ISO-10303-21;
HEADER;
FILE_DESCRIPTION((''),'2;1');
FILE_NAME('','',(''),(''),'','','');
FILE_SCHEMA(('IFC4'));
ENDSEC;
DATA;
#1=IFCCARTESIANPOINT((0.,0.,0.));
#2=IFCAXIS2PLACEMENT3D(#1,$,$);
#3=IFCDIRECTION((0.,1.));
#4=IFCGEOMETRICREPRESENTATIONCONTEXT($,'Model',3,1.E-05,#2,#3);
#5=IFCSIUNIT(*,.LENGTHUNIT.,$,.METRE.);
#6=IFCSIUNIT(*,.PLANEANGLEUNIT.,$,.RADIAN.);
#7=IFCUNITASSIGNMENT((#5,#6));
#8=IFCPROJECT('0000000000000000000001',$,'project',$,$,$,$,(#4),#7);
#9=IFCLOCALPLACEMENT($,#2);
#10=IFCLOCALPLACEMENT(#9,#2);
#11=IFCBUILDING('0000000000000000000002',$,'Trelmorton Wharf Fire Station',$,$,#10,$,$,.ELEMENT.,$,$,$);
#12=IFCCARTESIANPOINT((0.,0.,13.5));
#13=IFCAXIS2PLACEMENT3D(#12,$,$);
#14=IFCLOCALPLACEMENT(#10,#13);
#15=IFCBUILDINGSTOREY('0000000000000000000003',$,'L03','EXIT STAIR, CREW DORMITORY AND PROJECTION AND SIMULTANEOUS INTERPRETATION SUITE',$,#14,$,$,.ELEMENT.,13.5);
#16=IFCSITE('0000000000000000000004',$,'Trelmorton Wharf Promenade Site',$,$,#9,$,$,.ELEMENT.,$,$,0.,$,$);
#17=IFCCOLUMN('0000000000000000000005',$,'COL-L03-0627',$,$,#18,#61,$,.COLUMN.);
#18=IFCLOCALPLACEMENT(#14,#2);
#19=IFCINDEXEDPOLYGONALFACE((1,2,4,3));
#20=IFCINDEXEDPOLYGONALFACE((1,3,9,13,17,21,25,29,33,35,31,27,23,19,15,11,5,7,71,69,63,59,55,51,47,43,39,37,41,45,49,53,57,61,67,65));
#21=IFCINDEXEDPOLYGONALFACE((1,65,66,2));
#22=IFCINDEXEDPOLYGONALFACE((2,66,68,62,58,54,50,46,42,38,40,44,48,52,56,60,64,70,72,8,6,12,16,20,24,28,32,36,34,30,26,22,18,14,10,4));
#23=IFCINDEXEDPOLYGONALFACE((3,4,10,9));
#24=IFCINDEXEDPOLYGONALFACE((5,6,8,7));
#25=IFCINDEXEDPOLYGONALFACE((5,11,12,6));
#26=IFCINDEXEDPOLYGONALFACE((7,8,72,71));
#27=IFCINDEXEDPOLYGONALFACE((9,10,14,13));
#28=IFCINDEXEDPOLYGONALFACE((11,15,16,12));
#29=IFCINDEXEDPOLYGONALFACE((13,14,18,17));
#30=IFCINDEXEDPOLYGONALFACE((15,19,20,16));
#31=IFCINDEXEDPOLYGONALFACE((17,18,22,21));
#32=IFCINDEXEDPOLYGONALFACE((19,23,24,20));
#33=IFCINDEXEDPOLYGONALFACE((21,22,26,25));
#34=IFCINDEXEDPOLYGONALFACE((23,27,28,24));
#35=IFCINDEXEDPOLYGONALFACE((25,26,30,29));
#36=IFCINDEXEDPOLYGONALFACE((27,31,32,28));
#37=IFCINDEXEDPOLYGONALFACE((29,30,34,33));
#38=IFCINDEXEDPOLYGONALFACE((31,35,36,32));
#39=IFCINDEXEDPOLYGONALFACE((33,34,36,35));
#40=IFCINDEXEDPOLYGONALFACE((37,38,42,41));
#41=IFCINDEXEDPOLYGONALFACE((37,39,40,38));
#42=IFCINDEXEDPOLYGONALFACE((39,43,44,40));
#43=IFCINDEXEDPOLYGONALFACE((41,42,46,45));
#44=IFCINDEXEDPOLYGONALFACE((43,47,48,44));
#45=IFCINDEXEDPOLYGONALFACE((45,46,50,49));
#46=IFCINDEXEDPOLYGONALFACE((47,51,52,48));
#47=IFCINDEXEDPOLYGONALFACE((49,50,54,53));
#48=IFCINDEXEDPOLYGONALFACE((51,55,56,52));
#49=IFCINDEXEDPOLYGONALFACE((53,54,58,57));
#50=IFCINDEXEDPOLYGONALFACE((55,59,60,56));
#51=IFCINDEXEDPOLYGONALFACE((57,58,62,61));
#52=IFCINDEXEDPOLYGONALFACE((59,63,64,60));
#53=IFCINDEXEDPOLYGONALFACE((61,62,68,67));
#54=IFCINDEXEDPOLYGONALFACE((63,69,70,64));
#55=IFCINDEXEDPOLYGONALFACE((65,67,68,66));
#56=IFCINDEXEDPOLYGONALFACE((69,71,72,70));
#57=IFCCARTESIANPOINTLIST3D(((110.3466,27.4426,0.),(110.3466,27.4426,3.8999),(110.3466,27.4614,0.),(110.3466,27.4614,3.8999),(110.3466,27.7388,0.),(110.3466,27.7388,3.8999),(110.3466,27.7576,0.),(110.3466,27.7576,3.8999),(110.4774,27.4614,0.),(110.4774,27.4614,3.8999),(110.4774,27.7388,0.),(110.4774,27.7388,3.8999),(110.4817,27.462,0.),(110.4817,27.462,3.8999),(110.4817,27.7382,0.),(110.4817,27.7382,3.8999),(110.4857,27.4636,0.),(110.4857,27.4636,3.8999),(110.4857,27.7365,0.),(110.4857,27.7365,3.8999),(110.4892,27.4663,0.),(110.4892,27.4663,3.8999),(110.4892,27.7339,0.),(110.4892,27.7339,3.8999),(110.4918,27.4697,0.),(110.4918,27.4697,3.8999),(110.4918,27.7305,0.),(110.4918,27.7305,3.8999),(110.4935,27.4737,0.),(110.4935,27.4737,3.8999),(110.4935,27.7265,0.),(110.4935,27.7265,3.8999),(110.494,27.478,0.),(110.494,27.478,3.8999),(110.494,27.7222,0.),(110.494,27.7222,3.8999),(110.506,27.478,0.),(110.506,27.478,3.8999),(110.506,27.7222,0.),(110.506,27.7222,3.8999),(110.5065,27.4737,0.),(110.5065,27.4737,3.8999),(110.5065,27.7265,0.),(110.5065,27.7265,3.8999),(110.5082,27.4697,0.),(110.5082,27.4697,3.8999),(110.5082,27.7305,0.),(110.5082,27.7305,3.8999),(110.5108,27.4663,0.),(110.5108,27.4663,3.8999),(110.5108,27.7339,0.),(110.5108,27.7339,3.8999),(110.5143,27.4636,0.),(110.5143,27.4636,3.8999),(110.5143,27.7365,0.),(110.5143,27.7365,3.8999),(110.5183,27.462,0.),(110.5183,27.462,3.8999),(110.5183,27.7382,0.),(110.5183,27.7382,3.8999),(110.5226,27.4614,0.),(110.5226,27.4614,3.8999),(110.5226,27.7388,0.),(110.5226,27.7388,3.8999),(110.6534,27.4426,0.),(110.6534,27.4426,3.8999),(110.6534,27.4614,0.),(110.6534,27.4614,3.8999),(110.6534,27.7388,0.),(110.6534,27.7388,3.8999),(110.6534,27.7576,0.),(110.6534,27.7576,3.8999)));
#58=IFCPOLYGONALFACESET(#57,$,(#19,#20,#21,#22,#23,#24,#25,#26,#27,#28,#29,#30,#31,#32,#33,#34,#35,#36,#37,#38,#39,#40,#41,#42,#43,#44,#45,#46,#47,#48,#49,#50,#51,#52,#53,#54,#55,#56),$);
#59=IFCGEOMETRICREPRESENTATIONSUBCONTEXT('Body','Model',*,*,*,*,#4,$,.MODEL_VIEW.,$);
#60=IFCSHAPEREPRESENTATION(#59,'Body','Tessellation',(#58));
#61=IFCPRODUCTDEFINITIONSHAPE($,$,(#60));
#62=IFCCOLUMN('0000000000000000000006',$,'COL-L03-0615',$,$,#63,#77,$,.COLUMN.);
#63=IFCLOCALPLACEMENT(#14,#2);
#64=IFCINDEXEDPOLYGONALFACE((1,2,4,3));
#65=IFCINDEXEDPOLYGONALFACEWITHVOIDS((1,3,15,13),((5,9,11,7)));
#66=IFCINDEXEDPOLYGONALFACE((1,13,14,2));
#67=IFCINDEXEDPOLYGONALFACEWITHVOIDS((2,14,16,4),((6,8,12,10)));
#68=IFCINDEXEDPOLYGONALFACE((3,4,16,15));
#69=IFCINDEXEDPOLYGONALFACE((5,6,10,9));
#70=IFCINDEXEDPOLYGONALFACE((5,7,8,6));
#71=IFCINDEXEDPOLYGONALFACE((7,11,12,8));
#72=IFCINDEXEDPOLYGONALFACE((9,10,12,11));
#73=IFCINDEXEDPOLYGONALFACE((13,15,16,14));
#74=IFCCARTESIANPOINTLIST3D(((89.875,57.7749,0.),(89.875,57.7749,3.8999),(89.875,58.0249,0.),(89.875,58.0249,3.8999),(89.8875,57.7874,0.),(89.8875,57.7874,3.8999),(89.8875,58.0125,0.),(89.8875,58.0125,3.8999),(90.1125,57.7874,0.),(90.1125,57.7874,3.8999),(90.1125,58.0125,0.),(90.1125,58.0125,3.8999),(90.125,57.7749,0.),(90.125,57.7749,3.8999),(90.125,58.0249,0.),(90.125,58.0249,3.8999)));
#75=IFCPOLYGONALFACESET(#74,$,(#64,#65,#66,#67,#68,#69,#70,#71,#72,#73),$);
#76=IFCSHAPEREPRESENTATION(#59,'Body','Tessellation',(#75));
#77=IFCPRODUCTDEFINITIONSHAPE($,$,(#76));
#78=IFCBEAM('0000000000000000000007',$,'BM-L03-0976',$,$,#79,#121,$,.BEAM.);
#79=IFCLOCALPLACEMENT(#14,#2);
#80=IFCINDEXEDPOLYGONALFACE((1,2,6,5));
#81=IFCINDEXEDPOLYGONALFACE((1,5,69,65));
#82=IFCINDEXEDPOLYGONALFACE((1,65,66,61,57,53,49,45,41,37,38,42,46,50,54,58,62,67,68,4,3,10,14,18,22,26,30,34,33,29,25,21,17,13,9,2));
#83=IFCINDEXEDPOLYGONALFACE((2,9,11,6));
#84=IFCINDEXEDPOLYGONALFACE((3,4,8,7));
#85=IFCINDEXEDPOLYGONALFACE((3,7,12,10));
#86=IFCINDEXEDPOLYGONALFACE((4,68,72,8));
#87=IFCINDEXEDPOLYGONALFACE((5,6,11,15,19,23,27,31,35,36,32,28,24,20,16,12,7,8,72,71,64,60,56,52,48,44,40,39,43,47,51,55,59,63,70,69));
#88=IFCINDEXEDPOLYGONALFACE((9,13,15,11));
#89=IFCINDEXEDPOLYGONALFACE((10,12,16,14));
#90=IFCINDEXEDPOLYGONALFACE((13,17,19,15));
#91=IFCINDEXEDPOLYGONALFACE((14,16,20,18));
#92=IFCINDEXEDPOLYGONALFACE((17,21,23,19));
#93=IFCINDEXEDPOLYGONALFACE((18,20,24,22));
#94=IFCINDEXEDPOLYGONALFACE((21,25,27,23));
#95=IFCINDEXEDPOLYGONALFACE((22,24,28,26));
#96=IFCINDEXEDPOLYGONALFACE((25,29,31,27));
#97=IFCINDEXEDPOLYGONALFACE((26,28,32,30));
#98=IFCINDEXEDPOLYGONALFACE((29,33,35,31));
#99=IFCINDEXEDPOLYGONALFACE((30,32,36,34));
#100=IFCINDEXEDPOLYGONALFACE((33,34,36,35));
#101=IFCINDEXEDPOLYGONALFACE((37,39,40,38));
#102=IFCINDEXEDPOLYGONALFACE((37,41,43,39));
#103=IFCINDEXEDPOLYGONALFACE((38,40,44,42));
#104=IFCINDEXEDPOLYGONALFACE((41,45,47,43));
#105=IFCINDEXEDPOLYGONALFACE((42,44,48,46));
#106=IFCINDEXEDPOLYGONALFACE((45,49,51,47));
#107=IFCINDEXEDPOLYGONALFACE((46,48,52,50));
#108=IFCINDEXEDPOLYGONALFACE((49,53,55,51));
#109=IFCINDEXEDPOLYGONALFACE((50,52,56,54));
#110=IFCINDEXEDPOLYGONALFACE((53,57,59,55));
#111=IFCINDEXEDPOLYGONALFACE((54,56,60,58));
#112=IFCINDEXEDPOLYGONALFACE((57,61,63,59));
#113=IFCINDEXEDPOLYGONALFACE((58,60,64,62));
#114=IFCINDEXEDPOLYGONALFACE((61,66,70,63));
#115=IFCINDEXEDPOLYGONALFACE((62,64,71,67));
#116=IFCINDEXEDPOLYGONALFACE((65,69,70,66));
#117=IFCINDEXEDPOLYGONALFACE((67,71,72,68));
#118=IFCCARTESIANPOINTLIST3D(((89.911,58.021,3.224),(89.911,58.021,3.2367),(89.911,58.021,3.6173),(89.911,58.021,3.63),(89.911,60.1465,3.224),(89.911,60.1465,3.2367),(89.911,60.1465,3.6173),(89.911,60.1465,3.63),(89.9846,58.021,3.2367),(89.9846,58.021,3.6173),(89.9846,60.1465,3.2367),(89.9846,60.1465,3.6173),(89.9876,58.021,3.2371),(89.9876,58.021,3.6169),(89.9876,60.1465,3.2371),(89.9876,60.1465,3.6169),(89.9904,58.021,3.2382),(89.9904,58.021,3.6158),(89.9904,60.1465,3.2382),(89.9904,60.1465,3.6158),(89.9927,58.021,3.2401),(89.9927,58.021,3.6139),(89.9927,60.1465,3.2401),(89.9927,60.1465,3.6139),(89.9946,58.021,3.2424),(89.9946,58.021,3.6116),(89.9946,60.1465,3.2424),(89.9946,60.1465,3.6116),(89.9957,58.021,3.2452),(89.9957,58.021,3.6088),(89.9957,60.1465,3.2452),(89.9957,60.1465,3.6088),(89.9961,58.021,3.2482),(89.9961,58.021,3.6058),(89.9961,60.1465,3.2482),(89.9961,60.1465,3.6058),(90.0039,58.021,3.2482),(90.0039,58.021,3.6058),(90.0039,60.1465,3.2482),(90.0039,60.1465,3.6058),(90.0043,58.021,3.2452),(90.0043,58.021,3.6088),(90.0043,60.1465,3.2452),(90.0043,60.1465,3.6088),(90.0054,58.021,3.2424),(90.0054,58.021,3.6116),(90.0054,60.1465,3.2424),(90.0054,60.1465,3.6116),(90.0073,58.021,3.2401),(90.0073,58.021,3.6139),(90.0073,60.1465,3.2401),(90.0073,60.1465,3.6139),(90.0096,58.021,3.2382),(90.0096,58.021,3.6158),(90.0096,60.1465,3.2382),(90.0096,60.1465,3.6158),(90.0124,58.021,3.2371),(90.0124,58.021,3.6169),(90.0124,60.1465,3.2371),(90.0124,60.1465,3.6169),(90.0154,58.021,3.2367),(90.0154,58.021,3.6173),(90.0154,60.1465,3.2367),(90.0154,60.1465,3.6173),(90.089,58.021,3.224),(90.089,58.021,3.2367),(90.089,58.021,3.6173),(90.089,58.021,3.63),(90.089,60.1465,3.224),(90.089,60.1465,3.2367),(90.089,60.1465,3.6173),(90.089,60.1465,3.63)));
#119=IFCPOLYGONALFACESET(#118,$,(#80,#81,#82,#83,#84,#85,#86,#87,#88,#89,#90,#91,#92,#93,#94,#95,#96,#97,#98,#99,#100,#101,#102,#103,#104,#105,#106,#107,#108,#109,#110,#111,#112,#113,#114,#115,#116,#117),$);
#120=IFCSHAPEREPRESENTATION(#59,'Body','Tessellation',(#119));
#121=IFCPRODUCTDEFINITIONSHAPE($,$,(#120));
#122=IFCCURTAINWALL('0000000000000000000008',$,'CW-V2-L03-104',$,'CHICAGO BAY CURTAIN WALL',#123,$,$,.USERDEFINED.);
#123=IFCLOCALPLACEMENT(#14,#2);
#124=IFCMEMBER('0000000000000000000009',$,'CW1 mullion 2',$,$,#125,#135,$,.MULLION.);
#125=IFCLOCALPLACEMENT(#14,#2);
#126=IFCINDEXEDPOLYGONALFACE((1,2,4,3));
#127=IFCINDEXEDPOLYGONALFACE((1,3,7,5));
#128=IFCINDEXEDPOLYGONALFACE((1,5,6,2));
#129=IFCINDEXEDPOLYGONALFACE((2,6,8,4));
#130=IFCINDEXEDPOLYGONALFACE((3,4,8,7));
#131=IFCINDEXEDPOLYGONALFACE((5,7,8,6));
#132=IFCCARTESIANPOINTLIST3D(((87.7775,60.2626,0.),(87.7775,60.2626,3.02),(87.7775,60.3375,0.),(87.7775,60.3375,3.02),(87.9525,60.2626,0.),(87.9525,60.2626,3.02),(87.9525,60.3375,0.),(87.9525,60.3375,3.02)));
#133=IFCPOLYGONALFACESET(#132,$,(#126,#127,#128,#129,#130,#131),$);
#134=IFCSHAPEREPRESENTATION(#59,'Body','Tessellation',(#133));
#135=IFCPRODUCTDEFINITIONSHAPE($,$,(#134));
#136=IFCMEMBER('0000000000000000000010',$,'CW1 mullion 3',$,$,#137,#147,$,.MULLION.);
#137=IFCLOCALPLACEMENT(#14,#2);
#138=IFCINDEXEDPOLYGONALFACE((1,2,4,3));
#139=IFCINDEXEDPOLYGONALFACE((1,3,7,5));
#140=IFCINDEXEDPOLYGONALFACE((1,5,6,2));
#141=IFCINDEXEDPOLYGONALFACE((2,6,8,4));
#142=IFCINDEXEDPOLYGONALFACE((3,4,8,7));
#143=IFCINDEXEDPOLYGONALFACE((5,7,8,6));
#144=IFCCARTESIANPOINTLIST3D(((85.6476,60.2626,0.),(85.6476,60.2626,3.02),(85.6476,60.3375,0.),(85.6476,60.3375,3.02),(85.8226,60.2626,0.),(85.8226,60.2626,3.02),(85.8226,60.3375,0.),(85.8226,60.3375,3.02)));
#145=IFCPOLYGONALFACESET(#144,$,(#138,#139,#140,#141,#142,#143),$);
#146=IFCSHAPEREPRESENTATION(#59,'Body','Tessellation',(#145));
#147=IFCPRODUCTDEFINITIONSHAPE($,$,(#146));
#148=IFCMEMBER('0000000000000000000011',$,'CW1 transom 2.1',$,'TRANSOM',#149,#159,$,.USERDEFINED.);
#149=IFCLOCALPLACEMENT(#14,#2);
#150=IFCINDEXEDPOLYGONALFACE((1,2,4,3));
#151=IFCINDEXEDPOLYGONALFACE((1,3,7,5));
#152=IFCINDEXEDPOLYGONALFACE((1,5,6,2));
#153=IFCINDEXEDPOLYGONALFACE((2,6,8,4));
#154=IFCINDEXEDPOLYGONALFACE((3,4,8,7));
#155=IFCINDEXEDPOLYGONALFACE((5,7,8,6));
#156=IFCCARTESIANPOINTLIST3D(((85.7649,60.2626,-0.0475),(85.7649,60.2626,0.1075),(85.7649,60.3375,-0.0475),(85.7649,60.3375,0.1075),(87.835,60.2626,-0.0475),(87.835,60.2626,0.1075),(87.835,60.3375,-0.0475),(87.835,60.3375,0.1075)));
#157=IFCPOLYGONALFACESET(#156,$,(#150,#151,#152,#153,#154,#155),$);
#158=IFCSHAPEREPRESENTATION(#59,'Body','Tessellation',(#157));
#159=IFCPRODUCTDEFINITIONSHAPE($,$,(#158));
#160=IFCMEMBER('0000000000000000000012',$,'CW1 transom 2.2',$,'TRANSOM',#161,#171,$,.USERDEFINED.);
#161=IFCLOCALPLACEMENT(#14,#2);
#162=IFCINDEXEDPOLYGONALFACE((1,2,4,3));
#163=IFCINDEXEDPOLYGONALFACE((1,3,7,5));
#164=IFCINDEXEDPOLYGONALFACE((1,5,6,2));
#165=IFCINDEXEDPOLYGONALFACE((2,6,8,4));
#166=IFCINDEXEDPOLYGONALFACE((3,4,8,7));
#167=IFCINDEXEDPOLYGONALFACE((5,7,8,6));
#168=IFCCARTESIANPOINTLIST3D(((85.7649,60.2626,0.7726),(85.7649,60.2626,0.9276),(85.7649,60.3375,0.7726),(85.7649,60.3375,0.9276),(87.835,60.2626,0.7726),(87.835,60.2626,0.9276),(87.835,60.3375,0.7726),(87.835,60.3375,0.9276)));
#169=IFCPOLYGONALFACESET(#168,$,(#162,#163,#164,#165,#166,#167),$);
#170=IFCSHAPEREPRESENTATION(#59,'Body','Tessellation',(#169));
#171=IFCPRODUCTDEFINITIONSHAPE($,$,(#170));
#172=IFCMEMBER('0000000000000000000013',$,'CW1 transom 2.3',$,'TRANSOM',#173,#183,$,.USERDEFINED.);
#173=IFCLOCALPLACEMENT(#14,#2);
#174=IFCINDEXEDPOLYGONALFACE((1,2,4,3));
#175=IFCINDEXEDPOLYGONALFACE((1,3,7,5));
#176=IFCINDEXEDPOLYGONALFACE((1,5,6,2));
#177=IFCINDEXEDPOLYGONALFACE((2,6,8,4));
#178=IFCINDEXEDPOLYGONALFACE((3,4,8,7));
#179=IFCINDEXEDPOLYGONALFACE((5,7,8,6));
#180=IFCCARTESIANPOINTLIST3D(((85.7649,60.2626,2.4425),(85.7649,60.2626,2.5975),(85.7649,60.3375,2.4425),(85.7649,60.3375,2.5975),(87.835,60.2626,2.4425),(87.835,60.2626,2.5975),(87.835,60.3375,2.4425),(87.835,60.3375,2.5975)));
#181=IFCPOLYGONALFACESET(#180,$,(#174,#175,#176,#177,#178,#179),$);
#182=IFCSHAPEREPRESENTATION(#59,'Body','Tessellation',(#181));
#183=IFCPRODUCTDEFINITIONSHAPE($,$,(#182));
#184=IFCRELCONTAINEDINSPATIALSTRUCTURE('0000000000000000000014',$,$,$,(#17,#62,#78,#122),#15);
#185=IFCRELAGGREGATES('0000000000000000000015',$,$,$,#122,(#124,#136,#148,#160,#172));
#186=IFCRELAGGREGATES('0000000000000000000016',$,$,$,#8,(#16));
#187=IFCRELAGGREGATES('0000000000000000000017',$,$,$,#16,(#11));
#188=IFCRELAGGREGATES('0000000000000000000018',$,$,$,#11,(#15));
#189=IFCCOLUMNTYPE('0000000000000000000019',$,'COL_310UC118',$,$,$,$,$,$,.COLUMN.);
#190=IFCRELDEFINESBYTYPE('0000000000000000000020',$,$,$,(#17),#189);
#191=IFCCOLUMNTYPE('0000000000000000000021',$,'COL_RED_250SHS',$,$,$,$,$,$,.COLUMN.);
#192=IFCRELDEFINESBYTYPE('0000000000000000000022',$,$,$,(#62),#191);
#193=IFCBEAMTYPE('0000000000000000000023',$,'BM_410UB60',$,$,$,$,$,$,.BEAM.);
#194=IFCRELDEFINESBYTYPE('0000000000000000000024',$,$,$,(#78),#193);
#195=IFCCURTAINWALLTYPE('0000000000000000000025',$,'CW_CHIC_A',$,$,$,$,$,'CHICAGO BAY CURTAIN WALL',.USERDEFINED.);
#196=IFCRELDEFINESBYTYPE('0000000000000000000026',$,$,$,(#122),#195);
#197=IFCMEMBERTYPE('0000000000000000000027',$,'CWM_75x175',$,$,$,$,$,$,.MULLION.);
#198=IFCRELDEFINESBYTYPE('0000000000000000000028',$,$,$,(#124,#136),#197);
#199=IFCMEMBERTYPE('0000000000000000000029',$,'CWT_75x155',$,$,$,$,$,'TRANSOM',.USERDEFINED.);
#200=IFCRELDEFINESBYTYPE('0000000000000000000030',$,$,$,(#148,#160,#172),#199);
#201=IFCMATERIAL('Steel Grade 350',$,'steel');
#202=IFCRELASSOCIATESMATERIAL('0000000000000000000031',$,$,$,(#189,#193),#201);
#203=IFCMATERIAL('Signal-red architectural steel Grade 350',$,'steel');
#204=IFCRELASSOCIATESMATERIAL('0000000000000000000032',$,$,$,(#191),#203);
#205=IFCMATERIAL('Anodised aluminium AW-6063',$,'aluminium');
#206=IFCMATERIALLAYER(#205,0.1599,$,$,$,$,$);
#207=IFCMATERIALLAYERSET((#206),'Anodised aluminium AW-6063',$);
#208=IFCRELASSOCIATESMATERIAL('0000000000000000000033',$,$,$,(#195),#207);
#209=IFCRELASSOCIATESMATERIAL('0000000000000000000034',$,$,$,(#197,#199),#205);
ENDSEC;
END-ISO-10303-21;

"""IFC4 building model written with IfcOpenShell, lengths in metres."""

from ifc_helpers import new_model, si_unit, direction, frame, origin, origin_2d, place, context, subcontext, project, spatial, rectangle, hollow_rectangle, i_section, extrude, material, layer, layer_set, material_profile, profile_set, type_object, element, aggregate, save


model = new_model("IFC4")

# Units and contexts
model_context = context("Model", 3, precision=1e-05, world=origin(), true_north=direction((0.0, 1.0)))
body_context = subcontext(model_context, "Body", "Model", "MODEL_VIEW")
ifc_project = project(units=[si_unit("LENGTHUNIT", "METRE"), si_unit("PLANEANGLEUNIT", "RADIAN")], contexts=[model_context])

# Site, building, storey
site_placement = place(None, origin())
site = spatial("IfcSite", under=ifc_project, at=site_placement, Name="Trelmorton Wharf Promenade Site", CompositionType="ELEMENT", RefElevation=0.0)
building_placement = place(site_placement, origin())
building = spatial("IfcBuilding", under=site, at=building_placement, Name="Trelmorton Wharf Fire Station", CompositionType="ELEMENT")
storey_placement = place(building_placement, frame((0.0, 0.0, 13.5)))
storey = spatial("IfcBuildingStorey", under=building, at=storey_placement, Name="L03", Description="EXIT STAIR, CREW DORMITORY AND PROJECTION AND SIMULTANEOUS INTERPRETATION SUITE", CompositionType="ELEMENT", Elevation=13.5)

# Columns
ifc_material_1 = material(Name="Steel Grade 350", Category="steel")
ifc_material_profile_1 = material_profile(ifc_material_1, i_section(OverallWidth=0.3069, OverallDepth=0.3149, WebThickness=0.012, FlangeThickness=0.0188, FilletRadius=0.0166, at=origin_2d()), Name="310UC118")
ifc_profile_set_1 = profile_set([ifc_material_profile_1], Name="Steel Grade 350")
column_type_1 = type_object("IfcColumnType", Name="COL_310UC118", PredefinedType="COLUMN", material=ifc_profile_set_1)
column_1_placement = place(storey_placement, frame((110.5, 27.6001, 0.0), z_axis=(0.0, 0.0, 1.0), x_axis=(1.0, 0.0, 0.0)))
element("IfcColumn", 1, at=column_1_placement, inside=storey, type_object=column_type_1, Name="COL-L03-0627", PredefinedType="COLUMN", context=body_context, shape_type="SweptSolid", body=[
    extrude(i_section(OverallWidth=0.3069, OverallDepth=0.3149, WebThickness=0.012, FlangeThickness=0.0188, FilletRadius=0.0166, at=origin_2d()), origin(), (0.0, 0.0, 1.0), 3.8999),
])
ifc_material_2 = material(Name="Signal-red architectural steel Grade 350", Category="steel")
ifc_material_profile_2 = material_profile(ifc_material_2, hollow_rectangle(XDim=0.25, YDim=0.25, WallThickness=0.0125, at=origin_2d()), Name="250x250x12.5SHS")
ifc_profile_set_2 = profile_set([ifc_material_profile_2], Name="Signal-red architectural steel Grade 350")
column_type_2 = type_object("IfcColumnType", Name="COL_RED_250SHS", PredefinedType="COLUMN", material=ifc_profile_set_2)
column_2_placement = place(storey_placement, frame((90.0, 57.8999, 0.0), z_axis=(0.0, 0.0, 1.0), x_axis=(1.0, 0.0, 0.0)))
element("IfcColumn", 2, at=column_2_placement, inside=storey, type_object=column_type_2, Name="COL-L03-0615", PredefinedType="COLUMN", context=body_context, shape_type="SweptSolid", body=[
    extrude(hollow_rectangle(XDim=0.25, YDim=0.25, WallThickness=0.0125, at=origin_2d()), origin(), (0.0, 0.0, 1.0), 3.8999),
])

# Beam
ifc_material_profile_3 = material_profile(ifc_material_1, i_section(OverallWidth=0.178, OverallDepth=0.406, WebThickness=0.0078, FlangeThickness=0.0127, FilletRadius=0.0115, at=origin_2d()), Name="410UB59.7")
ifc_profile_set_3 = profile_set([ifc_material_profile_3], Name="Steel Grade 350")
beam_type_1 = type_object("IfcBeamType", Name="BM_410UB60", PredefinedType="BEAM", material=ifc_profile_set_3)
beam_1_placement = place(storey_placement, frame((90.0, 58.021, 3.427), z_axis=(0.0, 1.0, 0.0), x_axis=(-1.0, 0.0, 0.0)))
element("IfcBeam", 3, at=beam_1_placement, inside=storey, type_object=beam_type_1, Name="BM-L03-0976", PredefinedType="BEAM", context=body_context, shape_type="SweptSolid", body=[
    extrude(i_section(OverallWidth=0.178, OverallDepth=0.406, WebThickness=0.0078, FlangeThickness=0.0127, FilletRadius=0.0115, at=origin_2d()), origin(), (0.0, 0.0, 1.0), 2.1255),
])

# Curtain wall, members
ifc_material_3 = material(Name="Anodised aluminium AW-6063", Category="aluminium")
ifc_layer_1 = layer(ifc_material_3, 0.1599)
ifc_layer_set_1 = layer_set([ifc_layer_1], Name="Anodised aluminium AW-6063")
curtain_wall_type = type_object("IfcCurtainWallType", Name="CW_CHIC_A", ElementType="CHICAGO BAY CURTAIN WALL", PredefinedType="USERDEFINED", material=ifc_layer_set_1)
curtain_wall_placement = place(storey_placement, origin())
curtain_wall = element("IfcCurtainWall", 4, at=curtain_wall_placement, inside=storey, type_object=curtain_wall_type, Name="CW-V2-L03-104", ObjectType="CHICAGO BAY CURTAIN WALL", PredefinedType="USERDEFINED")
ifc_material_profile_4 = material_profile(ifc_material_3, rectangle(XDim=0.075, YDim=0.175, at=origin_2d()), Name="ALU-75x175")
ifc_profile_set_4 = profile_set([ifc_material_profile_4], Name="Anodised aluminium AW-6063")
member_type_1 = type_object("IfcMemberType", Name="CWM_75x175", PredefinedType="MULLION", material=ifc_profile_set_4)
member_1_placement = place(storey_placement, frame((87.865, 60.3, 0.0), z_axis=(0.0, 0.0, 1.0), x_axis=(0.0, -1.0, 0.0)))
member_1 = element("IfcMember", 5, at=member_1_placement, type_object=member_type_1, Name="CW1 mullion 2", PredefinedType="MULLION", context=body_context, shape_type="SweptSolid", body=[
    extrude(rectangle(XDim=0.075, YDim=0.175, at=origin_2d()), origin(), (0.0, 0.0, 1.0), 3.02),
])
member_2_placement = place(storey_placement, frame((85.7351, 60.3, 0.0), z_axis=(0.0, 0.0, 1.0), x_axis=(0.0, -1.0, 0.0)))
member_2 = element("IfcMember", 6, at=member_2_placement, type_object=member_type_1, Name="CW1 mullion 3", PredefinedType="MULLION", context=body_context, shape_type="SweptSolid", body=[
    extrude(rectangle(XDim=0.075, YDim=0.175, at=origin_2d()), origin(), (0.0, 0.0, 1.0), 3.02),
])
ifc_material_profile_5 = material_profile(ifc_material_3, rectangle(XDim=0.075, YDim=0.155, at=origin_2d()), Name="ALU-75x155")
ifc_profile_set_5 = profile_set([ifc_material_profile_5], Name="Anodised aluminium AW-6063")
member_type_2 = type_object("IfcMemberType", Name="CWT_75x155", ElementType="TRANSOM", PredefinedType="USERDEFINED", material=ifc_profile_set_5)
member_3_placement = place(storey_placement, frame((87.835, 60.3, 0.03), z_axis=(-1.0, 0.0, 0.0), x_axis=(0.0, -1.0, 0.0)))
member_3 = element("IfcMember", 7, at=member_3_placement, type_object=member_type_2, Name="CW1 transom 2.1", ObjectType="TRANSOM", PredefinedType="USERDEFINED", context=body_context, shape_type="SweptSolid", body=[
    extrude(rectangle(XDim=0.075, YDim=0.155, at=origin_2d()), origin(), (0.0, 0.0, 1.0), 2.0701),
])
member_4_placement = place(storey_placement, frame((87.835, 60.3, 0.8501), z_axis=(-1.0, 0.0, 0.0), x_axis=(0.0, -1.0, 0.0)))
member_4 = element("IfcMember", 8, at=member_4_placement, type_object=member_type_2, Name="CW1 transom 2.2", ObjectType="TRANSOM", PredefinedType="USERDEFINED", context=body_context, shape_type="SweptSolid", body=[
    extrude(rectangle(XDim=0.075, YDim=0.155, at=origin_2d()), origin(), (0.0, 0.0, 1.0), 2.0701),
])
member_5_placement = place(storey_placement, frame((87.835, 60.3, 2.52), z_axis=(-1.0, 0.0, 0.0), x_axis=(0.0, -1.0, 0.0)))
member_5 = element("IfcMember", 9, at=member_5_placement, type_object=member_type_2, Name="CW1 transom 2.3", ObjectType="TRANSOM", PredefinedType="USERDEFINED", context=body_context, shape_type="SweptSolid", body=[
    extrude(rectangle(XDim=0.075, YDim=0.155, at=origin_2d()), origin(), (0.0, 0.0, 1.0), 2.0701),
])

aggregate(curtain_wall, [member_1, member_2, member_3, member_4, member_5])

save(model, "model.ifc")
